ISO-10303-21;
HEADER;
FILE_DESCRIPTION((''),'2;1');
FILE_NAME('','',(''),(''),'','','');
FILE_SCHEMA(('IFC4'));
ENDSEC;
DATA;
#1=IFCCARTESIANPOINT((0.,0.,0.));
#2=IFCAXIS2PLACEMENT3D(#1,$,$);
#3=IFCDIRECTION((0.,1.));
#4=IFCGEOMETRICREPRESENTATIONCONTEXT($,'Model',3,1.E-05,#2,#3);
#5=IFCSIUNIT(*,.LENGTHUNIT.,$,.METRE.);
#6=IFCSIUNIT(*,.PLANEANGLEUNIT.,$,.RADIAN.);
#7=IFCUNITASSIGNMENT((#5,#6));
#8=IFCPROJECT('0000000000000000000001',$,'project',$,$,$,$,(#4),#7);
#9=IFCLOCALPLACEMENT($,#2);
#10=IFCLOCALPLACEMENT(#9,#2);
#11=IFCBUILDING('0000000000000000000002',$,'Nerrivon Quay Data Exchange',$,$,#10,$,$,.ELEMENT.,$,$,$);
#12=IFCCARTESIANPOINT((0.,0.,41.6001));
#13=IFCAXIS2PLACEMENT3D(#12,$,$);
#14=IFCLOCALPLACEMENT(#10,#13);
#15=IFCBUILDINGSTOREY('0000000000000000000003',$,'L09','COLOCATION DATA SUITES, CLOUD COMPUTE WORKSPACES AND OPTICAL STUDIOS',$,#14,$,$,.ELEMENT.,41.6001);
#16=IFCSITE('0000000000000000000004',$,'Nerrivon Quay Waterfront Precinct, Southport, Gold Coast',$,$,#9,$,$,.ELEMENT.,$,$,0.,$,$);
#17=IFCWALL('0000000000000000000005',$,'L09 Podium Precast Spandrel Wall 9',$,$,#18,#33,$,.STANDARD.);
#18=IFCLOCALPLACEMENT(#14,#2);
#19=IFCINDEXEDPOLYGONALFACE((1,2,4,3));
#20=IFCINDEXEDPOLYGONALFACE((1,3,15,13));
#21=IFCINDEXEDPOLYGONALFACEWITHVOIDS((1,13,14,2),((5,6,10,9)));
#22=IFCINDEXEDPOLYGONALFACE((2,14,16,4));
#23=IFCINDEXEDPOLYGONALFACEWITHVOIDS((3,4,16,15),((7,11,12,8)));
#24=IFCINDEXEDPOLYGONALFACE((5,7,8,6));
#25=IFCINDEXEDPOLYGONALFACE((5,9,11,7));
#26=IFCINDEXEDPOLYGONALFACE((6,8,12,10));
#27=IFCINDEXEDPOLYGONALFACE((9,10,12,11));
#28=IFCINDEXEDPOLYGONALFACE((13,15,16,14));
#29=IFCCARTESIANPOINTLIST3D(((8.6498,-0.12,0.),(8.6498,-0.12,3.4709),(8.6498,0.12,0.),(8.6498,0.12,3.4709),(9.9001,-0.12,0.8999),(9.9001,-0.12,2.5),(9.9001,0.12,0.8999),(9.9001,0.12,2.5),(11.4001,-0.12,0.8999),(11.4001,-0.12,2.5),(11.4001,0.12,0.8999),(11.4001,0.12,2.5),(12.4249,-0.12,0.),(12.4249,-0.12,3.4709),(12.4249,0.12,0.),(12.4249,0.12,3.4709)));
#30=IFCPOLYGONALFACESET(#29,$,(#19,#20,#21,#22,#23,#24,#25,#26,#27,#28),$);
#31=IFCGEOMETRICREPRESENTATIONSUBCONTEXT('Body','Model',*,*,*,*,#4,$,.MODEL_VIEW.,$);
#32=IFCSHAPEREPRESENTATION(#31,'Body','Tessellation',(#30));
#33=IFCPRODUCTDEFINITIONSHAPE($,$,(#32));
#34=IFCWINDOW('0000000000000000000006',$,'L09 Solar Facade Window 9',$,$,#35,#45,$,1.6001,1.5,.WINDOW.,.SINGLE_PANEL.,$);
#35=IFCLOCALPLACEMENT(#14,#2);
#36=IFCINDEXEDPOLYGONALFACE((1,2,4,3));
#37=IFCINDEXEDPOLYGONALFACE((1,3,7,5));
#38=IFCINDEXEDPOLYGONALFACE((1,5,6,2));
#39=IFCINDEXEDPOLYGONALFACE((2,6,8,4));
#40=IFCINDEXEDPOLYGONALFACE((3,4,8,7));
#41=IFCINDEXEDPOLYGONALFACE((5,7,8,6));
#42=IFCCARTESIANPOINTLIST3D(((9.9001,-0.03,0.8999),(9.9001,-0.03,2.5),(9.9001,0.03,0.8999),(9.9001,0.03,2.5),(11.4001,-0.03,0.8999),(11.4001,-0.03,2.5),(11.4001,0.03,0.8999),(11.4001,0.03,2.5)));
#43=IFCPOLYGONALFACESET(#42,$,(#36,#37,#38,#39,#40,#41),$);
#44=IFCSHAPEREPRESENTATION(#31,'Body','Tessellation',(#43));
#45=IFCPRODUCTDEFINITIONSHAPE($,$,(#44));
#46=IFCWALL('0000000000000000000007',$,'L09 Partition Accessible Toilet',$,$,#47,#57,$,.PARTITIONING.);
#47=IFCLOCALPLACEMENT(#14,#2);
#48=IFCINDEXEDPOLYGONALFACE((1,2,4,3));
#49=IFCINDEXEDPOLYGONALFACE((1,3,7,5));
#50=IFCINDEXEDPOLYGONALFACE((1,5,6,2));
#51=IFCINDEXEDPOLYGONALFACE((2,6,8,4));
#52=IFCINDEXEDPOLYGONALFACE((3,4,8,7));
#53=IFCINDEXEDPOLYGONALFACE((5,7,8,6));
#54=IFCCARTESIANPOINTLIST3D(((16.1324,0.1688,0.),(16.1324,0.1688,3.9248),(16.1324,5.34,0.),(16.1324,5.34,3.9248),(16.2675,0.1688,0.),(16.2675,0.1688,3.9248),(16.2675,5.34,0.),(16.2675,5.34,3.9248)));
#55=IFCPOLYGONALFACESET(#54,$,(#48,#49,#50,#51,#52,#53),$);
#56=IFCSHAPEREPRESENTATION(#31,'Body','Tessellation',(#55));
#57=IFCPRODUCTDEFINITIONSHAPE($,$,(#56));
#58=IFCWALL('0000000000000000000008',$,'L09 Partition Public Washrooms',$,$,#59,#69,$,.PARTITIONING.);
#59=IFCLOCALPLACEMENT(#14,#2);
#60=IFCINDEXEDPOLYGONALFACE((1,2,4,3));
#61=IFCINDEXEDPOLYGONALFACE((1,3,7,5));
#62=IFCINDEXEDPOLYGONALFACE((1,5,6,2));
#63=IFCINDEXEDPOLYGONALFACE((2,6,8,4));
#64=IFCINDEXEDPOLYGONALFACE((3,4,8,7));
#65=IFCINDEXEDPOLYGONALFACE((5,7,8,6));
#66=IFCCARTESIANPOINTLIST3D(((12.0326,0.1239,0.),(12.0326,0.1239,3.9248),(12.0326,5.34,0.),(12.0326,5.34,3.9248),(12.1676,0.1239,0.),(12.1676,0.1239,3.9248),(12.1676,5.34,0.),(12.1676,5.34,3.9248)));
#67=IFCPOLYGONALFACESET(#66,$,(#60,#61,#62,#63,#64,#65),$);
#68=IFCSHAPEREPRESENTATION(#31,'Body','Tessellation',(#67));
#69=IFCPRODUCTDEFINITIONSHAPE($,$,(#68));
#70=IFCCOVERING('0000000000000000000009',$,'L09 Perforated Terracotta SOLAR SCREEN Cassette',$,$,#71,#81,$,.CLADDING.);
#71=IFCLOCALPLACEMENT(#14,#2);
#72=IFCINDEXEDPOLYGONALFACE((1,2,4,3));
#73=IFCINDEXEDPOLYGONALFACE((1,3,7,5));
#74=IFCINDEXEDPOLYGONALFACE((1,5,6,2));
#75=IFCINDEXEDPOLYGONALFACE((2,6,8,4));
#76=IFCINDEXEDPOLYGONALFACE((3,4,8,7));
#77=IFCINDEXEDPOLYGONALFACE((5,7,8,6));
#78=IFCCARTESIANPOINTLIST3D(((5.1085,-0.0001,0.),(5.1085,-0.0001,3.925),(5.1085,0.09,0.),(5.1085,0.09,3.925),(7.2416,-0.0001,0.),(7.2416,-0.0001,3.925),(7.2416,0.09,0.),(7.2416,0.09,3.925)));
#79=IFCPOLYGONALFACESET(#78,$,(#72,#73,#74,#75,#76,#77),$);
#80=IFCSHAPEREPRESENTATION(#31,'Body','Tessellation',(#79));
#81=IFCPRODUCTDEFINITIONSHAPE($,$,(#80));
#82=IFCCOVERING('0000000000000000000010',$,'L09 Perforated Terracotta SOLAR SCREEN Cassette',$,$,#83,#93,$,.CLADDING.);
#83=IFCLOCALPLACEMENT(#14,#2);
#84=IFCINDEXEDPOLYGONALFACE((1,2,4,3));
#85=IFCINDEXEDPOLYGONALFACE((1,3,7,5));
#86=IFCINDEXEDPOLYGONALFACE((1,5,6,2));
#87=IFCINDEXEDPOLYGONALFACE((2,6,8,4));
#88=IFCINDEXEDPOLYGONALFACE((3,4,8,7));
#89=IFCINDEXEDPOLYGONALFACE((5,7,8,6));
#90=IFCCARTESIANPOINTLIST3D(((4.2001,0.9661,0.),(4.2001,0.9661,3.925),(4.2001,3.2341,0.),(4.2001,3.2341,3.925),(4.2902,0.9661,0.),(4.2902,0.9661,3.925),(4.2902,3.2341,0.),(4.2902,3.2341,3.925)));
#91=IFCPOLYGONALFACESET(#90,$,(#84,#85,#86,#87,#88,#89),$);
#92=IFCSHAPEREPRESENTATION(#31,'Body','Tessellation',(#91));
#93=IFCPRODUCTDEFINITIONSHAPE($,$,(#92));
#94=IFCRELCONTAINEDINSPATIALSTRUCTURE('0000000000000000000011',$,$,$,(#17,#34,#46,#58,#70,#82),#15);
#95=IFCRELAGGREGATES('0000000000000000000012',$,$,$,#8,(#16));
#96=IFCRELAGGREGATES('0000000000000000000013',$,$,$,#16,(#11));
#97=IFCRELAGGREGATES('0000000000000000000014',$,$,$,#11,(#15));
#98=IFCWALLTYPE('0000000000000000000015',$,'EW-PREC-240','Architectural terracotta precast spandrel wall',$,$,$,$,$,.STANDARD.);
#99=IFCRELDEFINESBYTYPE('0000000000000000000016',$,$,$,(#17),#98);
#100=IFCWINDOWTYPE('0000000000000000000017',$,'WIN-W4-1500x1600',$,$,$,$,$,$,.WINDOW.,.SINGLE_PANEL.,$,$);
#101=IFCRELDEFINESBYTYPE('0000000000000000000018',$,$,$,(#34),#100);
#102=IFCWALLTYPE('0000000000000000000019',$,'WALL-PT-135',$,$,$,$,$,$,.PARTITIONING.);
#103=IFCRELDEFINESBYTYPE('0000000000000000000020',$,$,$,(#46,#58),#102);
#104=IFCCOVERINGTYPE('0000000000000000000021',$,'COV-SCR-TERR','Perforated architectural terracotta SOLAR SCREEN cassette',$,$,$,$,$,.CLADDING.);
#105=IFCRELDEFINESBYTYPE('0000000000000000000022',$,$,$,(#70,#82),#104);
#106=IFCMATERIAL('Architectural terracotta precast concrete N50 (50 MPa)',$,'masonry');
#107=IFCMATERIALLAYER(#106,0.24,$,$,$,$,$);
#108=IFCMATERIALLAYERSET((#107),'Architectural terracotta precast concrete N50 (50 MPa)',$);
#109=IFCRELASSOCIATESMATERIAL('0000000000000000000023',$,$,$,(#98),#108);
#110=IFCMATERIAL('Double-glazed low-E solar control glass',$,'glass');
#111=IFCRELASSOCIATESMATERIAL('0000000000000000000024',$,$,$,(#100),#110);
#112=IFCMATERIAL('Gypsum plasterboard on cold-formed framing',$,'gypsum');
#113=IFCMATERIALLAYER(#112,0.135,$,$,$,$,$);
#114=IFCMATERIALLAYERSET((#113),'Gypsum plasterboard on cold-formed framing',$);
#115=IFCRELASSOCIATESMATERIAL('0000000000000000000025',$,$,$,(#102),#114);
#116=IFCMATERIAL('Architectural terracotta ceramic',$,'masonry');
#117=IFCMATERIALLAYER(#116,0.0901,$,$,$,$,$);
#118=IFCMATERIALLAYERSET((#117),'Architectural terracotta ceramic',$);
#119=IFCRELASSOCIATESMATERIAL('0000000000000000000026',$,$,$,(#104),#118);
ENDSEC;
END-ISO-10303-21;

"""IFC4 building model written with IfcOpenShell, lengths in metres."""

from ifc_helpers import new_model, si_unit, direction, frame, frame_2d, origin, origin_2d, place, context, subcontext, project, spatial, rectangle, extrude, material, layer, layer_set, type_object, element, fill, save


model = new_model("IFC4")

# Units and contexts
model_context = context("Model", 3, precision=1e-05, world=origin(), true_north=direction((0.0, 1.0)))
body_context = subcontext(model_context, "Body", "Model", "MODEL_VIEW")
ifc_project = project(units=[si_unit("LENGTHUNIT", "METRE"), si_unit("PLANEANGLEUNIT", "RADIAN")], contexts=[model_context])

# Site, building, storey
site_placement = place(None, origin())
site = spatial("IfcSite", under=ifc_project, at=site_placement, Name="Nerrivon Quay Waterfront Precinct, Southport, Gold Coast", CompositionType="ELEMENT", RefElevation=0.0)
building_placement = place(site_placement, origin())
building = spatial("IfcBuilding", under=site, at=building_placement, Name="Nerrivon Quay Data Exchange", CompositionType="ELEMENT")
storey_placement = place(building_placement, frame((0.0, 0.0, 41.6001)))
storey = spatial("IfcBuildingStorey", under=building, at=storey_placement, Name="L09", Description="COLOCATION DATA SUITES, CLOUD COMPUTE WORKSPACES AND OPTICAL STUDIOS", CompositionType="ELEMENT", Elevation=41.6001)

# Shared definitions
ifc_material_1 = material(Name="Double-glazed low-E solar control glass", Category="glass")

# Wall, opening, window
ifc_material_2 = material(Name="Architectural terracotta precast concrete N50 (50 MPa)", Category="masonry")
ifc_layer_1 = layer(ifc_material_2, 0.24)
ifc_layer_set_1 = layer_set([ifc_layer_1], Name="Architectural terracotta precast concrete N50 (50 MPa)")
wall_type_1 = type_object("IfcWallType", Name="EW-PREC-240", Description="Architectural terracotta precast spandrel wall", PredefinedType="STANDARD", material=ifc_layer_set_1)
wall_1_placement = place(storey_placement, frame((12.425, 0.0, 0.0), z_axis=(0.0, 0.0, 1.0), x_axis=(-1.0, 0.0, 0.0)))
wall_1 = element("IfcWall", 1, at=wall_1_placement, inside=storey, type_object=wall_type_1, Name="L09 Podium Precast Spandrel Wall 9", PredefinedType="STANDARD", context=body_context, shape_type="SweptSolid", body=[
    extrude(rectangle(XDim=3.7751, YDim=0.24, at=frame_2d((1.8877, 0.0))), origin(), (0.0, 0.0, 1.0), 3.4709),
])
opening_placement = place(wall_1_placement, frame((1.0249, 0.0, 0.8999)))
opening = element("IfcOpeningElement", 2, at=opening_placement, cuts=wall_1, PredefinedType="OPENING", context=body_context, shape_type="SweptSolid", body=[
    extrude(rectangle(XDim=1.5, YDim=1.6001, at=frame_2d((0.75, 0.8))), frame((0.0, 0.1299, 0.0), z_axis=(0.0, -1.0, 0.0), x_axis=(1.0, 0.0, 0.0)), (0.0, 0.0, 1.0), 0.26),
])
window_type = type_object("IfcWindowType", Name="WIN-W4-1500x1600", PartitioningType="SINGLE_PANEL", PredefinedType="WINDOW", material=ifc_material_1)
window_placement = place(opening_placement, origin())
window = element("IfcWindow", 3, at=window_placement, inside=storey, type_object=window_type, Name="L09 Solar Facade Window 9", OverallHeight=1.6001, OverallWidth=1.5, PartitioningType="SINGLE_PANEL", PredefinedType="WINDOW", context=body_context, shape_type="SweptSolid", body=[
    extrude(rectangle(XDim=1.5, YDim=1.6001, at=frame_2d((0.75, 0.8))), frame((0.0, 0.03, 0.0), z_axis=(0.0, -1.0, 0.0), x_axis=(1.0, 0.0, 0.0)), (0.0, 0.0, 1.0), 0.0601),
])
fill(opening, window)

# Walls
ifc_material_3 = material(Name="Gypsum plasterboard on cold-formed framing", Category="gypsum")
ifc_layer_2 = layer(ifc_material_3, 0.135)
ifc_layer_set_2 = layer_set([ifc_layer_2], Name="Gypsum plasterboard on cold-formed framing")
wall_type_2 = type_object("IfcWallType", Name="WALL-PT-135", PredefinedType="PARTITIONING", material=ifc_layer_set_2)
wall_2_placement = place(storey_placement, frame((16.2, 0.1689, 0.0), z_axis=(0.0, 0.0, 1.0), x_axis=(0.0, 1.0, 0.0)))
element("IfcWall", 4, at=wall_2_placement, inside=storey, type_object=wall_type_2, Name="L09 Partition Accessible Toilet", PredefinedType="PARTITIONING", context=body_context, shape_type="SweptSolid", body=[
    extrude(rectangle(XDim=5.1711, YDim=0.135, at=frame_2d((2.5854, 0.0))), origin(), (0.0, 0.0, 1.0), 3.9248),
])
wall_3_placement = place(storey_placement, frame((12.1001, 0.124, 0.0), z_axis=(0.0, 0.0, 1.0), x_axis=(0.0, 1.0, 0.0)))
element("IfcWall", 5, at=wall_3_placement, inside=storey, type_object=wall_type_2, Name="L09 Partition Public Washrooms", PredefinedType="PARTITIONING", context=body_context, shape_type="SweptSolid", body=[
    extrude(rectangle(XDim=5.2161, YDim=0.135, at=frame_2d((2.6079, 0.0))), origin(), (0.0, 0.0, 1.0), 3.9248),
])

# Coverings
ifc_material_4 = material(Name="Architectural terracotta ceramic", Category="masonry")
ifc_layer_3 = layer(ifc_material_4, 0.0901)
ifc_layer_set_3 = layer_set([ifc_layer_3], Name="Architectural terracotta ceramic")
covering_type = type_object("IfcCoveringType", Name="COV-SCR-TERR", Description="Perforated architectural terracotta SOLAR SCREEN cassette", PredefinedType="CLADDING", material=ifc_layer_set_3)
covering_1_placement = place(storey_placement, frame((6.175, 0.0449, 0.0), z_axis=(0.0, 0.0, 1.0), x_axis=(-1.0, 0.0, 0.0)))
element("IfcCovering", 6, at=covering_1_placement, inside=storey, type_object=covering_type, Name="L09 Perforated Terracotta SOLAR SCREEN Cassette", PredefinedType="CLADDING", context=body_context, shape_type="SweptSolid", body=[
    extrude(rectangle(XDim=2.1331, YDim=0.0901, at=origin_2d()), origin(), (0.0, 0.0, 1.0), 3.925),
])
covering_2_placement = place(storey_placement, frame((4.2451, 2.1001, 0.0), z_axis=(0.0, 0.0, 1.0), x_axis=(0.0, 1.0, 0.0)))
element("IfcCovering", 7, at=covering_2_placement, inside=storey, type_object=covering_type, Name="L09 Perforated Terracotta SOLAR SCREEN Cassette", PredefinedType="CLADDING", context=body_context, shape_type="SweptSolid", body=[
    extrude(rectangle(XDim=2.2681, YDim=0.0901, at=origin_2d()), origin(), (0.0, 0.0, 1.0), 3.925),
])

save(model, "model.ifc")
